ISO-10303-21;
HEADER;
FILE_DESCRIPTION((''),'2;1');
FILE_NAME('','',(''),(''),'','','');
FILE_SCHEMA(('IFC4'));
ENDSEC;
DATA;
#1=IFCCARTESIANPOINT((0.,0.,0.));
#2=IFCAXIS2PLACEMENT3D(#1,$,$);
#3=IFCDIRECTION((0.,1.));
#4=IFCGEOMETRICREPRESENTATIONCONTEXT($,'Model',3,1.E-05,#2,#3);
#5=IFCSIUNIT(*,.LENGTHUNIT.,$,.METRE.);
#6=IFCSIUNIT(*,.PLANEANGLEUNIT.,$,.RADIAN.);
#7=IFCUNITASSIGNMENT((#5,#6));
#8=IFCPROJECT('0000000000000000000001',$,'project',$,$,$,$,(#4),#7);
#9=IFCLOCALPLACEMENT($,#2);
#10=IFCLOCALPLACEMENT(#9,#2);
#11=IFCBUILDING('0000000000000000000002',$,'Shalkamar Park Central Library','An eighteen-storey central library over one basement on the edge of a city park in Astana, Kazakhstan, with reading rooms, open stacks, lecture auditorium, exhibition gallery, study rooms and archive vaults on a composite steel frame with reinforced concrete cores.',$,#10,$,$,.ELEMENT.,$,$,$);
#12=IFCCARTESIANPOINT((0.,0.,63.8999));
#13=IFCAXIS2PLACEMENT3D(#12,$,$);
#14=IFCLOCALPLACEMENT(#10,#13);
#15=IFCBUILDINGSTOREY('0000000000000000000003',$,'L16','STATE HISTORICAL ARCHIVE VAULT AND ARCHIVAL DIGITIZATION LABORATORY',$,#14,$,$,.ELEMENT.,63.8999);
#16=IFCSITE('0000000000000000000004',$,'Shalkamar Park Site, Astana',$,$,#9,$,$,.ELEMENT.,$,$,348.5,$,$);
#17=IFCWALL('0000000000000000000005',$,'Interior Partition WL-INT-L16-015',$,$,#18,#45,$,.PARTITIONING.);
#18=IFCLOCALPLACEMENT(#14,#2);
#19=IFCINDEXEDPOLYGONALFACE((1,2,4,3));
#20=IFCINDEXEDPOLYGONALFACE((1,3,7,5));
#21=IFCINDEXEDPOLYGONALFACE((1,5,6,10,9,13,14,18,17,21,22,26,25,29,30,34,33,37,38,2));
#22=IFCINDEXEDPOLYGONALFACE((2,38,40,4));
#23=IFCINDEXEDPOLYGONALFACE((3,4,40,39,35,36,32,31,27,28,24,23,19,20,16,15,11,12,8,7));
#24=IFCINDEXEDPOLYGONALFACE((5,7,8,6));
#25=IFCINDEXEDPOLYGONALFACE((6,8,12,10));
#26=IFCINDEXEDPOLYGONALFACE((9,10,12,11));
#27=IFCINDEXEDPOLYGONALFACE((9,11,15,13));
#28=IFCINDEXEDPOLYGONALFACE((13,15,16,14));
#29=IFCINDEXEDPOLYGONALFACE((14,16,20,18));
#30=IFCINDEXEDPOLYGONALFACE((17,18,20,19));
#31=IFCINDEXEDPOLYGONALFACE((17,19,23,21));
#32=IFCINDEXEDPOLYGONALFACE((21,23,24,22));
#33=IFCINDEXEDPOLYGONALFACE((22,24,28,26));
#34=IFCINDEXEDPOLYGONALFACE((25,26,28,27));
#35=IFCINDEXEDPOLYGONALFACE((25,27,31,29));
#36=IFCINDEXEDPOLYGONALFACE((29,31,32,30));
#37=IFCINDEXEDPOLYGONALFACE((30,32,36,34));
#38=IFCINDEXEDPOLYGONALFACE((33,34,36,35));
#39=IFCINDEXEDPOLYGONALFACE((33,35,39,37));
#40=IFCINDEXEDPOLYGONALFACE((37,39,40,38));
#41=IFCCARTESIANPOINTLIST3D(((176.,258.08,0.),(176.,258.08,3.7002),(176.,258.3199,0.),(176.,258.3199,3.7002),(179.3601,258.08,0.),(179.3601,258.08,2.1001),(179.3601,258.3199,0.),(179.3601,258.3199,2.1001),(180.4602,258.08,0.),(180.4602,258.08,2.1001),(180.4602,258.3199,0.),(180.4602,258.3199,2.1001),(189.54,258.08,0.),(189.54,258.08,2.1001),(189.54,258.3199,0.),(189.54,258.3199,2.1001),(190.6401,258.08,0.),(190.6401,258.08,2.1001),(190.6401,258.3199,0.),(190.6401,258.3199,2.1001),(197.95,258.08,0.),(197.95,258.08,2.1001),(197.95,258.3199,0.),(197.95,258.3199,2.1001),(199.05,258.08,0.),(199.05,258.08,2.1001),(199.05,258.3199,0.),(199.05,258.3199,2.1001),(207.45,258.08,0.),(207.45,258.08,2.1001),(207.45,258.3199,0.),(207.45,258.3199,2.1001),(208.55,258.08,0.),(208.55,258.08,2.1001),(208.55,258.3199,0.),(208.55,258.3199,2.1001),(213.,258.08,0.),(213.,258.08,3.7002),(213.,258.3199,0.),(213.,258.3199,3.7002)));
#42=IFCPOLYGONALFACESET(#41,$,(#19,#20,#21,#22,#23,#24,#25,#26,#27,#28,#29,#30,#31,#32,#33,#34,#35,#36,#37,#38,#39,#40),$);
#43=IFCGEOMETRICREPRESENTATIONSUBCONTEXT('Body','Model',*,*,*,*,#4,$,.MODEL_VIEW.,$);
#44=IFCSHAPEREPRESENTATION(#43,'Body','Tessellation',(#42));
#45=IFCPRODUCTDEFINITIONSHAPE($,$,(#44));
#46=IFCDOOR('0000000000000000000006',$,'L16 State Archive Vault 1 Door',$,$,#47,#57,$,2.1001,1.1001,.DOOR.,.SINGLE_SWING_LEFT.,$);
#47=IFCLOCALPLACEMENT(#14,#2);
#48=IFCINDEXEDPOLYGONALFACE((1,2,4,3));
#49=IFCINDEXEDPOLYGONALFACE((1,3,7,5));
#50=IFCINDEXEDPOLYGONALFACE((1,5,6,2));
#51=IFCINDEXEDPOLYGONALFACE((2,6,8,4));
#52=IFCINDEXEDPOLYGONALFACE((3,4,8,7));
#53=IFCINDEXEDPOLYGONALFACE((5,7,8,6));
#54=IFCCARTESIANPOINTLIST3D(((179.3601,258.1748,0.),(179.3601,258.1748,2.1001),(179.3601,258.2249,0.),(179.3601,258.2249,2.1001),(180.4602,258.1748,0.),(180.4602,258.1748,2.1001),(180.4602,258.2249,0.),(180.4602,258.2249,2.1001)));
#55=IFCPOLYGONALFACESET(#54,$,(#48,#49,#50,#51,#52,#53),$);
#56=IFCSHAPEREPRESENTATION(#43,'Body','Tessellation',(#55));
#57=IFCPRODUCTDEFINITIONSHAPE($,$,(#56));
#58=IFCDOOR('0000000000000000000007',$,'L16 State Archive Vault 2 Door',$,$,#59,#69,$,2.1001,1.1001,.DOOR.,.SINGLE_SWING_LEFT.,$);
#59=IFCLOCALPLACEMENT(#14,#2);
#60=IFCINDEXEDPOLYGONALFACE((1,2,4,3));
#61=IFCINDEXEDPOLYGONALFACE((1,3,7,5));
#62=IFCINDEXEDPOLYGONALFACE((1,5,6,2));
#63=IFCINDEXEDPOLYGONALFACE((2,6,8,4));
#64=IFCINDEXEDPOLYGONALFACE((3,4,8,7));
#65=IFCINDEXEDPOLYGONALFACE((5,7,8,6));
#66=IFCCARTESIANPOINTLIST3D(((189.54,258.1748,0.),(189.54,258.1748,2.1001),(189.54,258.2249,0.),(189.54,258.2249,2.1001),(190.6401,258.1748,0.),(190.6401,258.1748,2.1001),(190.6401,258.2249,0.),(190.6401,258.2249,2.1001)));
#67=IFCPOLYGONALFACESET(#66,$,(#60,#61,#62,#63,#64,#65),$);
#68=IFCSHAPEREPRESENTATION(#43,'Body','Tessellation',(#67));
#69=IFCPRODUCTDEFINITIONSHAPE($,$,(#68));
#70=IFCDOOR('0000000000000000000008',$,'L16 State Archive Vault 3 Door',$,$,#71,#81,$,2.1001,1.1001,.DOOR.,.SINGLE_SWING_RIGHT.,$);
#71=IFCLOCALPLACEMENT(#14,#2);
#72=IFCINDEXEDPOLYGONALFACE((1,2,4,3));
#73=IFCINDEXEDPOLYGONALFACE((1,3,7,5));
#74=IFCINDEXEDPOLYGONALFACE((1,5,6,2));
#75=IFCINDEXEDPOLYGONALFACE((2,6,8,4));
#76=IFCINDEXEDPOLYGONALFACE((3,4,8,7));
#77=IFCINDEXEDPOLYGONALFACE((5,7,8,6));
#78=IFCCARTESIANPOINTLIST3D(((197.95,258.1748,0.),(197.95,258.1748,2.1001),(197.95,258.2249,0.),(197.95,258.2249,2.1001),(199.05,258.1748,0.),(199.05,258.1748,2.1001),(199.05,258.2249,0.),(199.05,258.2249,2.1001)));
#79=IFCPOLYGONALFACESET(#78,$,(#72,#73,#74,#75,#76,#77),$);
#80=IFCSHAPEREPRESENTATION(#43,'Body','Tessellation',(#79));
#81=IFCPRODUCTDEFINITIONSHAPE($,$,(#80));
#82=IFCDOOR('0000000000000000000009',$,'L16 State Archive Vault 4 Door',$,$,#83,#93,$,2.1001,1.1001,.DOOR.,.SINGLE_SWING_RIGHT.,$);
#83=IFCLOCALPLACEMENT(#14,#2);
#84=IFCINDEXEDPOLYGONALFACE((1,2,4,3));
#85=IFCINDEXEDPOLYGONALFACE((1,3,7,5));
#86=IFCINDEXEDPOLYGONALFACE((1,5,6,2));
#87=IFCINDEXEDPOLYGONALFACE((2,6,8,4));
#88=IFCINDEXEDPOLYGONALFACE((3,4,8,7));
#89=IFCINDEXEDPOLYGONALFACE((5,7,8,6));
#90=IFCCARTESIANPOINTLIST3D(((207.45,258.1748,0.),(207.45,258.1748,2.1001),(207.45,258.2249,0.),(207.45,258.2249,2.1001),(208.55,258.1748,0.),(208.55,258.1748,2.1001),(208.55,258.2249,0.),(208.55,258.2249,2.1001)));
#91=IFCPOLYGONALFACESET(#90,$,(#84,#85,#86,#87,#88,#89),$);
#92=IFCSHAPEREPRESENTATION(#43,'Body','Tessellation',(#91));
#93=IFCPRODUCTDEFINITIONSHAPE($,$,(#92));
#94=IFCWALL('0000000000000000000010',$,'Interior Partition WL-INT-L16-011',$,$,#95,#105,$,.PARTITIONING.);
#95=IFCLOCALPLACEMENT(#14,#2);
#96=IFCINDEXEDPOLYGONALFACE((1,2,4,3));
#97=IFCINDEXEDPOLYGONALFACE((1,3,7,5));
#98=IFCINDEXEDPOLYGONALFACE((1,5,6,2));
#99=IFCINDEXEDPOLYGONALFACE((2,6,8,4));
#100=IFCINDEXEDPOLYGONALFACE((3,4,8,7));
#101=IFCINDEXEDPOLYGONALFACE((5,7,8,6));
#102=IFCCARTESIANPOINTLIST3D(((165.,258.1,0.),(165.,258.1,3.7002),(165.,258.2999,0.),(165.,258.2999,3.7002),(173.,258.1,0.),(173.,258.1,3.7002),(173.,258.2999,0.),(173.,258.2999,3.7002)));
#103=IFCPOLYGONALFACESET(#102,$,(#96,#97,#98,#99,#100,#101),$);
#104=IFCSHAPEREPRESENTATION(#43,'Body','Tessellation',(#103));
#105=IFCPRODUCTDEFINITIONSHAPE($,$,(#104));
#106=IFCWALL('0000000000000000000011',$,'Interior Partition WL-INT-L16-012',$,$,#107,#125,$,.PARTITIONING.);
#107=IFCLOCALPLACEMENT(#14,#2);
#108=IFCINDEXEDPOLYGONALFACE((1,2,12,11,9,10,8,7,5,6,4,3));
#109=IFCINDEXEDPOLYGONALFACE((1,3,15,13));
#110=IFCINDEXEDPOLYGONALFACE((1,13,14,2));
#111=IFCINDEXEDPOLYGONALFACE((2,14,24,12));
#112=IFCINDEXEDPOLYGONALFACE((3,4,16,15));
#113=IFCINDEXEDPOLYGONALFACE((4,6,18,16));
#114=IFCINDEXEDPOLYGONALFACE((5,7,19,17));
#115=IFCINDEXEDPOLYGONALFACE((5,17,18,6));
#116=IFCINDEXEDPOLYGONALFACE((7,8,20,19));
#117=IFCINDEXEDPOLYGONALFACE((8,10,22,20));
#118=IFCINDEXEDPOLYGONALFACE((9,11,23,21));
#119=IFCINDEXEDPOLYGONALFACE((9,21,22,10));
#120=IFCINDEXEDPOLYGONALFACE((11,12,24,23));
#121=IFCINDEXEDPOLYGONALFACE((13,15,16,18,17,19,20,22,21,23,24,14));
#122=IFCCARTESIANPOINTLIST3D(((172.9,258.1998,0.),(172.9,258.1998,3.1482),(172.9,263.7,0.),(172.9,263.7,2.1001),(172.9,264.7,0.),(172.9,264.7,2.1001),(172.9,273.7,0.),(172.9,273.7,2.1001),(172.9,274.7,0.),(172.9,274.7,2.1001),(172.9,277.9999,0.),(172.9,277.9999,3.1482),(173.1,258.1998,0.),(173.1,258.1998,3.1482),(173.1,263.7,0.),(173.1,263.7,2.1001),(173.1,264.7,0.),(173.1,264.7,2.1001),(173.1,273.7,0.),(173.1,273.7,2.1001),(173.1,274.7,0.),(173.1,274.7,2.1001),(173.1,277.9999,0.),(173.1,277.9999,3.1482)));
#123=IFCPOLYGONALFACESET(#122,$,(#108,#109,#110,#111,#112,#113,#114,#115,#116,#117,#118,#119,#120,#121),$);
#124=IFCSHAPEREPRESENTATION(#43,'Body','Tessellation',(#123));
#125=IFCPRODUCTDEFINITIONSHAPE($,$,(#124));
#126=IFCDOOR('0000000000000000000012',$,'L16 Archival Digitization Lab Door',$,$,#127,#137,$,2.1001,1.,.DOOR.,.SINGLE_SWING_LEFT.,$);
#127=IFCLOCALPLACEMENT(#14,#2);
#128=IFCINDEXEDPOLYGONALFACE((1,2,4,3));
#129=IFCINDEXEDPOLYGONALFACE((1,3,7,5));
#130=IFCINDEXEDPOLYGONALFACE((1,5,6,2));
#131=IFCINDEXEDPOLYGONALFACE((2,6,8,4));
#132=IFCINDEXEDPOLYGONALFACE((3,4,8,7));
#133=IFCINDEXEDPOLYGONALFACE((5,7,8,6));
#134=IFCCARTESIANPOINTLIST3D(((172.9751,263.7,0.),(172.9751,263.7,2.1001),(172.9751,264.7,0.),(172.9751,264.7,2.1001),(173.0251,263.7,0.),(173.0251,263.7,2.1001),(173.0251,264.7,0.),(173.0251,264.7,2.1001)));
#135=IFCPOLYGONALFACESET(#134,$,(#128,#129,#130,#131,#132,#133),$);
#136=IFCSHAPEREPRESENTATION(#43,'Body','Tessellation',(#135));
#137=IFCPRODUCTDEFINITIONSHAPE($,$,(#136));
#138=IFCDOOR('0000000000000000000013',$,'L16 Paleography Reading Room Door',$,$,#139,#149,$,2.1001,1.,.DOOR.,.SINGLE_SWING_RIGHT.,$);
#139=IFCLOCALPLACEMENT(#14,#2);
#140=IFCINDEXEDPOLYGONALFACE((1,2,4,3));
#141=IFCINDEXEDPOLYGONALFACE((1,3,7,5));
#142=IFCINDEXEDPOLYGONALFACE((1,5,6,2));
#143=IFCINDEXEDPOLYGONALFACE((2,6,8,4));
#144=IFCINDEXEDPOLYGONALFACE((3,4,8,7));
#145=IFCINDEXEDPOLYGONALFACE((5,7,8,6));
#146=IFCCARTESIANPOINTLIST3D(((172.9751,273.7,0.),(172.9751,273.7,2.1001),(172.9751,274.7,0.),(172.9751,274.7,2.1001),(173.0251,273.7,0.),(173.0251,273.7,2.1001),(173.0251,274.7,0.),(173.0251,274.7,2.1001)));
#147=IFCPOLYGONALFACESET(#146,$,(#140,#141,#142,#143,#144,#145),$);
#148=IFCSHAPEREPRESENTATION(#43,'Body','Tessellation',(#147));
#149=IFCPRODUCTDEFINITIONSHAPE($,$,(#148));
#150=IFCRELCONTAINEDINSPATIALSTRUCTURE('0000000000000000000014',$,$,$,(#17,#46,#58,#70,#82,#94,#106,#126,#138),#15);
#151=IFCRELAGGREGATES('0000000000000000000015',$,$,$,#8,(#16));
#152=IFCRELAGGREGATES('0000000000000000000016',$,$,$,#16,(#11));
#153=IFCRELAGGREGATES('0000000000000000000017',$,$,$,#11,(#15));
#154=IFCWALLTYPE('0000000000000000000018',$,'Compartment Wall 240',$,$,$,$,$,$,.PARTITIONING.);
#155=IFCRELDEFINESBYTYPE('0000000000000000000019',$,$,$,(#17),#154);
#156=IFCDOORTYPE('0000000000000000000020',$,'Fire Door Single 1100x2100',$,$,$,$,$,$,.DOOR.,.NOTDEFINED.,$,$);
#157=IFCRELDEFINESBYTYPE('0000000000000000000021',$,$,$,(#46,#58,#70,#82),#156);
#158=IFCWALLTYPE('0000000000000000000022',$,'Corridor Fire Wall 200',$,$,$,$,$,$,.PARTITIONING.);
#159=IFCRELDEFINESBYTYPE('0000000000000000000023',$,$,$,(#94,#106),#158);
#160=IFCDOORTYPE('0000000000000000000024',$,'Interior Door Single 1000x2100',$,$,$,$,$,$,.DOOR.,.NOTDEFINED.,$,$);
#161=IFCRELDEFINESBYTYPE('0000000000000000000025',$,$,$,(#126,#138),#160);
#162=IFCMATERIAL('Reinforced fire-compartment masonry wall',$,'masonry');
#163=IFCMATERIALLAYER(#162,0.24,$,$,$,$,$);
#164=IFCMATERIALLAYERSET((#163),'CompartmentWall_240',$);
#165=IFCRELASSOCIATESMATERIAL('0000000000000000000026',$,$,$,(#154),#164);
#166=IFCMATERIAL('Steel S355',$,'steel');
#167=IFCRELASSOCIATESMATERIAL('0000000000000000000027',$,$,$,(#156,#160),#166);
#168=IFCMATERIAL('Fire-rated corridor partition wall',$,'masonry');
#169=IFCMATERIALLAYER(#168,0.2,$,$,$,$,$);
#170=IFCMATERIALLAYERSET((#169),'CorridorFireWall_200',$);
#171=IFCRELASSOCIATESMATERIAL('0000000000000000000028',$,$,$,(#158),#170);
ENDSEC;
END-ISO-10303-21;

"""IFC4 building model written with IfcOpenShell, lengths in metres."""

from ifc_helpers import new_model, si_unit, direction, frame, frame_2d, origin, place, context, subcontext, project, spatial, rectangle, extrude, material, layer, layer_set, type_object, element, fill, save


model = new_model("IFC4")

# Units and contexts
model_context = context("Model", 3, precision=1e-05, world=origin(), true_north=direction((0.0, 1.0)))
body_context = subcontext(model_context, "Body", "Model", "MODEL_VIEW")
ifc_project = project(units=[si_unit("LENGTHUNIT", "METRE"), si_unit("PLANEANGLEUNIT", "RADIAN")], contexts=[model_context])

# Site, building, storey
site_placement = place(None, origin())
site = spatial("IfcSite", under=ifc_project, at=site_placement, Name="Shalkamar Park Site, Astana", CompositionType="ELEMENT", RefElevation=348.5)
building_placement = place(site_placement, origin())
building = spatial("IfcBuilding", under=site, at=building_placement, Name="Shalkamar Park Central Library", Description="An eighteen-storey central library over one basement on the edge of a city park in Astana, Kazakhstan, with reading rooms, open stacks, lecture auditorium, exhibition gallery, study rooms and archive vaults on a composite steel frame with reinforced concrete cores.", CompositionType="ELEMENT")
storey_placement = place(building_placement, frame((0.0, 0.0, 63.8999)))
storey = spatial("IfcBuildingStorey", under=building, at=storey_placement, Name="L16", Description="STATE HISTORICAL ARCHIVE VAULT AND ARCHIVAL DIGITIZATION LABORATORY", CompositionType="ELEMENT", Elevation=63.8999)

# Shared definitions
ifc_material_1 = material(Name="Steel S355", Category="steel")

# Shared definitions
ifc_material_2 = material(Name="Reinforced fire-compartment masonry wall", Category="masonry")
ifc_layer_1 = layer(ifc_material_2, 0.24)
ifc_layer_set_1 = layer_set([ifc_layer_1], Name="CompartmentWall_240")
wall_type_1 = type_object("IfcWallType", Name="Compartment Wall 240", PredefinedType="PARTITIONING", material=ifc_layer_set_1)

# Wall, openings, doors
wall_1_placement = place(storey_placement, frame((176.0, 258.2, 0.0), z_axis=(0.0, 0.0, 1.0), x_axis=(1.0, 0.0, 0.0)))
wall_1 = element("IfcWall", 1, at=wall_1_placement, inside=storey, type_object=wall_type_1, Name="Interior Partition WL-INT-L16-015", PredefinedType="PARTITIONING", context=body_context, shape_type="SweptSolid", body=[
    extrude(rectangle(XDim=37.0, YDim=0.24, at=frame_2d((18.5, 0.0))), origin(), (0.0, 0.0, 1.0), 3.7002),
])
opening_1_placement = place(wall_1_placement, frame((3.3601, 0.0, 0.0)))
opening_1 = element("IfcOpeningElement", 2, at=opening_1_placement, cuts=wall_1, PredefinedType="OPENING", context=body_context, shape_type="SweptSolid", body=[
    extrude(rectangle(XDim=1.1001, YDim=2.1001, at=frame_2d((0.55, 1.05))), frame((0.0, 0.1348, 0.0), z_axis=(0.0, -1.0, 0.0), x_axis=(1.0, 0.0, 0.0)), (0.0, 0.0, 1.0), 0.2698),
])
opening_2_placement = place(wall_1_placement, frame((13.54, 0.0, 0.0)))
opening_2 = element("IfcOpeningElement", 3, at=opening_2_placement, cuts=wall_1, PredefinedType="OPENING", context=body_context, shape_type="SweptSolid", body=[
    extrude(rectangle(XDim=1.1001, YDim=2.1001, at=frame_2d((0.55, 1.05))), frame((0.0, 0.1348, 0.0), z_axis=(0.0, -1.0, 0.0), x_axis=(1.0, 0.0, 0.0)), (0.0, 0.0, 1.0), 0.2698),
])
opening_3_placement = place(wall_1_placement, frame((21.95, 0.0, 0.0)))
opening_3 = element("IfcOpeningElement", 4, at=opening_3_placement, cuts=wall_1, PredefinedType="OPENING", context=body_context, shape_type="SweptSolid", body=[
    extrude(rectangle(XDim=1.1001, YDim=2.1001, at=frame_2d((0.55, 1.05))), frame((0.0, 0.1348, 0.0), z_axis=(0.0, -1.0, 0.0), x_axis=(1.0, 0.0, 0.0)), (0.0, 0.0, 1.0), 0.2698),
])
opening_4_placement = place(wall_1_placement, frame((31.45, 0.0, 0.0)))
opening_4 = element("IfcOpeningElement", 5, at=opening_4_placement, cuts=wall_1, PredefinedType="OPENING", context=body_context, shape_type="SweptSolid", body=[
    extrude(rectangle(XDim=1.1001, YDim=2.1001, at=frame_2d((0.55, 1.05))), frame((0.0, 0.1348, 0.0), z_axis=(0.0, -1.0, 0.0), x_axis=(1.0, 0.0, 0.0)), (0.0, 0.0, 1.0), 0.2698),
])
door_type_1 = type_object("IfcDoorType", Name="Fire Door Single 1100x2100", OperationType="NOTDEFINED", PredefinedType="DOOR", material=ifc_material_1)
door_1_placement = place(opening_1_placement, origin())
door_1 = element("IfcDoor", 6, at=door_1_placement, inside=storey, type_object=door_type_1, Name="L16 State Archive Vault 1 Door", OperationType="SINGLE_SWING_LEFT", OverallHeight=2.1001, OverallWidth=1.1001, PredefinedType="DOOR", context=body_context, shape_type="SweptSolid", body=[
    extrude(rectangle(XDim=1.1001, YDim=2.1001, at=frame_2d((0.55, 1.05))), frame((0.0, 0.0249, 0.0), z_axis=(0.0, -1.0, 0.0), x_axis=(1.0, 0.0, 0.0)), (0.0, 0.0, 1.0), 0.05),
])
fill(opening_1, door_1)
door_2_placement = place(opening_2_placement, origin())
door_2 = element("IfcDoor", 7, at=door_2_placement, inside=storey, type_object=door_type_1, Name="L16 State Archive Vault 2 Door", OperationType="SINGLE_SWING_LEFT", OverallHeight=2.1001, OverallWidth=1.1001, PredefinedType="DOOR", context=body_context, shape_type="SweptSolid", body=[
    extrude(rectangle(XDim=1.1001, YDim=2.1001, at=frame_2d((0.55, 1.05))), frame((0.0, 0.0249, 0.0), z_axis=(0.0, -1.0, 0.0), x_axis=(1.0, 0.0, 0.0)), (0.0, 0.0, 1.0), 0.05),
])
fill(opening_2, door_2)
door_3_placement = place(opening_3_placement, origin())
door_3 = element("IfcDoor", 8, at=door_3_placement, inside=storey, type_object=door_type_1, Name="L16 State Archive Vault 3 Door", OperationType="SINGLE_SWING_RIGHT", OverallHeight=2.1001, OverallWidth=1.1001, PredefinedType="DOOR", context=body_context, shape_type="SweptSolid", body=[
    extrude(rectangle(XDim=1.1001, YDim=2.1001, at=frame_2d((0.55, 1.05))), frame((0.0, 0.0249, 0.0), z_axis=(0.0, -1.0, 0.0), x_axis=(1.0, 0.0, 0.0)), (0.0, 0.0, 1.0), 0.05),
])
fill(opening_3, door_3)
door_4_placement = place(opening_4_placement, origin())
door_4 = element("IfcDoor", 9, at=door_4_placement, inside=storey, type_object=door_type_1, Name="L16 State Archive Vault 4 Door", OperationType="SINGLE_SWING_RIGHT", OverallHeight=2.1001, OverallWidth=1.1001, PredefinedType="DOOR", context=body_context, shape_type="SweptSolid", body=[
    extrude(rectangle(XDim=1.1001, YDim=2.1001, at=frame_2d((0.55, 1.05))), frame((0.0, 0.0249, 0.0), z_axis=(0.0, -1.0, 0.0), x_axis=(1.0, 0.0, 0.0)), (0.0, 0.0, 1.0), 0.05),
])
fill(opening_4, door_4)

# Wall
ifc_material_3 = material(Name="Fire-rated corridor partition wall", Category="masonry")
ifc_layer_2 = layer(ifc_material_3, 0.2)
ifc_layer_set_2 = layer_set([ifc_layer_2], Name="CorridorFireWall_200")
wall_type_2 = type_object("IfcWallType", Name="Corridor Fire Wall 200", PredefinedType="PARTITIONING", material=ifc_layer_set_2)
wall_2_placement = place(storey_placement, frame((165.0, 258.2, 0.0), z_axis=(0.0, 0.0, 1.0), x_axis=(1.0, 0.0, 0.0)))
element("IfcWall", 10, at=wall_2_placement, inside=storey, type_object=wall_type_2, Name="Interior Partition WL-INT-L16-011", PredefinedType="PARTITIONING", context=body_context, shape_type="SweptSolid", body=[
    extrude(rectangle(XDim=8.0, YDim=0.2, at=frame_2d((4.0, 0.0))), origin(), (0.0, 0.0, 1.0), 3.7002),
])

# Wall, openings, doors
wall_3_placement = place(storey_placement, frame((173.0, 258.2, 0.0), z_axis=(0.0, 0.0, 1.0), x_axis=(0.0, 1.0, 0.0)))
wall_3 = element("IfcWall", 11, at=wall_3_placement, inside=storey, type_object=wall_type_2, Name="Interior Partition WL-INT-L16-012", PredefinedType="PARTITIONING", context=body_context, shape_type="SweptSolid", body=[
    extrude(rectangle(XDim=19.8, YDim=0.2, at=frame_2d((9.8999, 0.0))), origin(), (0.0, 0.0, 1.0), 3.1482),
])
opening_5_placement = place(wall_3_placement, frame((5.5, 0.0, 0.0)))
opening_5 = element("IfcOpeningElement", 12, at=opening_5_placement, cuts=wall_3, PredefinedType="OPENING", context=body_context, shape_type="SweptSolid", body=[
    extrude(rectangle(XDim=1.0, YDim=2.1001, at=frame_2d((0.5, 1.05))), frame((0.0, 0.1147, 0.0), z_axis=(0.0, -1.0, 0.0), x_axis=(1.0, 0.0, 0.0)), (0.0, 0.0, 1.0), 0.2297),
])
opening_6_placement = place(wall_3_placement, frame((15.5, 0.0, 0.0)))
opening_6 = element("IfcOpeningElement", 13, at=opening_6_placement, cuts=wall_3, PredefinedType="OPENING", context=body_context, shape_type="SweptSolid", body=[
    extrude(rectangle(XDim=1.0, YDim=2.1001, at=frame_2d((0.5, 1.05))), frame((0.0, 0.1147, 0.0), z_axis=(0.0, -1.0, 0.0), x_axis=(1.0, 0.0, 0.0)), (0.0, 0.0, 1.0), 0.2297),
])
door_type_2 = type_object("IfcDoorType", Name="Interior Door Single 1000x2100", OperationType="NOTDEFINED", PredefinedType="DOOR", material=ifc_material_1)
door_5_placement = place(opening_5_placement, origin())
door_5 = element("IfcDoor", 14, at=door_5_placement, inside=storey, type_object=door_type_2, Name="L16 Archival Digitization Lab Door", OperationType="SINGLE_SWING_LEFT", OverallHeight=2.1001, OverallWidth=1.0, PredefinedType="DOOR", context=body_context, shape_type="SweptSolid", body=[
    extrude(rectangle(XDim=1.0, YDim=2.1001, at=frame_2d((0.5, 1.05))), frame((0.0, 0.0249, 0.0), z_axis=(0.0, -1.0, 0.0), x_axis=(1.0, 0.0, 0.0)), (0.0, 0.0, 1.0), 0.05),
])
fill(opening_5, door_5)
door_6_placement = place(opening_6_placement, origin())
door_6 = element("IfcDoor", 15, at=door_6_placement, inside=storey, type_object=door_type_2, Name="L16 Paleography Reading Room Door", OperationType="SINGLE_SWING_RIGHT", OverallHeight=2.1001, OverallWidth=1.0, PredefinedType="DOOR", context=body_context, shape_type="SweptSolid", body=[
    extrude(rectangle(XDim=1.0, YDim=2.1001, at=frame_2d((0.5, 1.05))), frame((0.0, 0.0249, 0.0), z_axis=(0.0, -1.0, 0.0), x_axis=(1.0, 0.0, 0.0)), (0.0, 0.0, 1.0), 0.05),
])
fill(opening_6, door_6)

save(model, "model.ifc")
